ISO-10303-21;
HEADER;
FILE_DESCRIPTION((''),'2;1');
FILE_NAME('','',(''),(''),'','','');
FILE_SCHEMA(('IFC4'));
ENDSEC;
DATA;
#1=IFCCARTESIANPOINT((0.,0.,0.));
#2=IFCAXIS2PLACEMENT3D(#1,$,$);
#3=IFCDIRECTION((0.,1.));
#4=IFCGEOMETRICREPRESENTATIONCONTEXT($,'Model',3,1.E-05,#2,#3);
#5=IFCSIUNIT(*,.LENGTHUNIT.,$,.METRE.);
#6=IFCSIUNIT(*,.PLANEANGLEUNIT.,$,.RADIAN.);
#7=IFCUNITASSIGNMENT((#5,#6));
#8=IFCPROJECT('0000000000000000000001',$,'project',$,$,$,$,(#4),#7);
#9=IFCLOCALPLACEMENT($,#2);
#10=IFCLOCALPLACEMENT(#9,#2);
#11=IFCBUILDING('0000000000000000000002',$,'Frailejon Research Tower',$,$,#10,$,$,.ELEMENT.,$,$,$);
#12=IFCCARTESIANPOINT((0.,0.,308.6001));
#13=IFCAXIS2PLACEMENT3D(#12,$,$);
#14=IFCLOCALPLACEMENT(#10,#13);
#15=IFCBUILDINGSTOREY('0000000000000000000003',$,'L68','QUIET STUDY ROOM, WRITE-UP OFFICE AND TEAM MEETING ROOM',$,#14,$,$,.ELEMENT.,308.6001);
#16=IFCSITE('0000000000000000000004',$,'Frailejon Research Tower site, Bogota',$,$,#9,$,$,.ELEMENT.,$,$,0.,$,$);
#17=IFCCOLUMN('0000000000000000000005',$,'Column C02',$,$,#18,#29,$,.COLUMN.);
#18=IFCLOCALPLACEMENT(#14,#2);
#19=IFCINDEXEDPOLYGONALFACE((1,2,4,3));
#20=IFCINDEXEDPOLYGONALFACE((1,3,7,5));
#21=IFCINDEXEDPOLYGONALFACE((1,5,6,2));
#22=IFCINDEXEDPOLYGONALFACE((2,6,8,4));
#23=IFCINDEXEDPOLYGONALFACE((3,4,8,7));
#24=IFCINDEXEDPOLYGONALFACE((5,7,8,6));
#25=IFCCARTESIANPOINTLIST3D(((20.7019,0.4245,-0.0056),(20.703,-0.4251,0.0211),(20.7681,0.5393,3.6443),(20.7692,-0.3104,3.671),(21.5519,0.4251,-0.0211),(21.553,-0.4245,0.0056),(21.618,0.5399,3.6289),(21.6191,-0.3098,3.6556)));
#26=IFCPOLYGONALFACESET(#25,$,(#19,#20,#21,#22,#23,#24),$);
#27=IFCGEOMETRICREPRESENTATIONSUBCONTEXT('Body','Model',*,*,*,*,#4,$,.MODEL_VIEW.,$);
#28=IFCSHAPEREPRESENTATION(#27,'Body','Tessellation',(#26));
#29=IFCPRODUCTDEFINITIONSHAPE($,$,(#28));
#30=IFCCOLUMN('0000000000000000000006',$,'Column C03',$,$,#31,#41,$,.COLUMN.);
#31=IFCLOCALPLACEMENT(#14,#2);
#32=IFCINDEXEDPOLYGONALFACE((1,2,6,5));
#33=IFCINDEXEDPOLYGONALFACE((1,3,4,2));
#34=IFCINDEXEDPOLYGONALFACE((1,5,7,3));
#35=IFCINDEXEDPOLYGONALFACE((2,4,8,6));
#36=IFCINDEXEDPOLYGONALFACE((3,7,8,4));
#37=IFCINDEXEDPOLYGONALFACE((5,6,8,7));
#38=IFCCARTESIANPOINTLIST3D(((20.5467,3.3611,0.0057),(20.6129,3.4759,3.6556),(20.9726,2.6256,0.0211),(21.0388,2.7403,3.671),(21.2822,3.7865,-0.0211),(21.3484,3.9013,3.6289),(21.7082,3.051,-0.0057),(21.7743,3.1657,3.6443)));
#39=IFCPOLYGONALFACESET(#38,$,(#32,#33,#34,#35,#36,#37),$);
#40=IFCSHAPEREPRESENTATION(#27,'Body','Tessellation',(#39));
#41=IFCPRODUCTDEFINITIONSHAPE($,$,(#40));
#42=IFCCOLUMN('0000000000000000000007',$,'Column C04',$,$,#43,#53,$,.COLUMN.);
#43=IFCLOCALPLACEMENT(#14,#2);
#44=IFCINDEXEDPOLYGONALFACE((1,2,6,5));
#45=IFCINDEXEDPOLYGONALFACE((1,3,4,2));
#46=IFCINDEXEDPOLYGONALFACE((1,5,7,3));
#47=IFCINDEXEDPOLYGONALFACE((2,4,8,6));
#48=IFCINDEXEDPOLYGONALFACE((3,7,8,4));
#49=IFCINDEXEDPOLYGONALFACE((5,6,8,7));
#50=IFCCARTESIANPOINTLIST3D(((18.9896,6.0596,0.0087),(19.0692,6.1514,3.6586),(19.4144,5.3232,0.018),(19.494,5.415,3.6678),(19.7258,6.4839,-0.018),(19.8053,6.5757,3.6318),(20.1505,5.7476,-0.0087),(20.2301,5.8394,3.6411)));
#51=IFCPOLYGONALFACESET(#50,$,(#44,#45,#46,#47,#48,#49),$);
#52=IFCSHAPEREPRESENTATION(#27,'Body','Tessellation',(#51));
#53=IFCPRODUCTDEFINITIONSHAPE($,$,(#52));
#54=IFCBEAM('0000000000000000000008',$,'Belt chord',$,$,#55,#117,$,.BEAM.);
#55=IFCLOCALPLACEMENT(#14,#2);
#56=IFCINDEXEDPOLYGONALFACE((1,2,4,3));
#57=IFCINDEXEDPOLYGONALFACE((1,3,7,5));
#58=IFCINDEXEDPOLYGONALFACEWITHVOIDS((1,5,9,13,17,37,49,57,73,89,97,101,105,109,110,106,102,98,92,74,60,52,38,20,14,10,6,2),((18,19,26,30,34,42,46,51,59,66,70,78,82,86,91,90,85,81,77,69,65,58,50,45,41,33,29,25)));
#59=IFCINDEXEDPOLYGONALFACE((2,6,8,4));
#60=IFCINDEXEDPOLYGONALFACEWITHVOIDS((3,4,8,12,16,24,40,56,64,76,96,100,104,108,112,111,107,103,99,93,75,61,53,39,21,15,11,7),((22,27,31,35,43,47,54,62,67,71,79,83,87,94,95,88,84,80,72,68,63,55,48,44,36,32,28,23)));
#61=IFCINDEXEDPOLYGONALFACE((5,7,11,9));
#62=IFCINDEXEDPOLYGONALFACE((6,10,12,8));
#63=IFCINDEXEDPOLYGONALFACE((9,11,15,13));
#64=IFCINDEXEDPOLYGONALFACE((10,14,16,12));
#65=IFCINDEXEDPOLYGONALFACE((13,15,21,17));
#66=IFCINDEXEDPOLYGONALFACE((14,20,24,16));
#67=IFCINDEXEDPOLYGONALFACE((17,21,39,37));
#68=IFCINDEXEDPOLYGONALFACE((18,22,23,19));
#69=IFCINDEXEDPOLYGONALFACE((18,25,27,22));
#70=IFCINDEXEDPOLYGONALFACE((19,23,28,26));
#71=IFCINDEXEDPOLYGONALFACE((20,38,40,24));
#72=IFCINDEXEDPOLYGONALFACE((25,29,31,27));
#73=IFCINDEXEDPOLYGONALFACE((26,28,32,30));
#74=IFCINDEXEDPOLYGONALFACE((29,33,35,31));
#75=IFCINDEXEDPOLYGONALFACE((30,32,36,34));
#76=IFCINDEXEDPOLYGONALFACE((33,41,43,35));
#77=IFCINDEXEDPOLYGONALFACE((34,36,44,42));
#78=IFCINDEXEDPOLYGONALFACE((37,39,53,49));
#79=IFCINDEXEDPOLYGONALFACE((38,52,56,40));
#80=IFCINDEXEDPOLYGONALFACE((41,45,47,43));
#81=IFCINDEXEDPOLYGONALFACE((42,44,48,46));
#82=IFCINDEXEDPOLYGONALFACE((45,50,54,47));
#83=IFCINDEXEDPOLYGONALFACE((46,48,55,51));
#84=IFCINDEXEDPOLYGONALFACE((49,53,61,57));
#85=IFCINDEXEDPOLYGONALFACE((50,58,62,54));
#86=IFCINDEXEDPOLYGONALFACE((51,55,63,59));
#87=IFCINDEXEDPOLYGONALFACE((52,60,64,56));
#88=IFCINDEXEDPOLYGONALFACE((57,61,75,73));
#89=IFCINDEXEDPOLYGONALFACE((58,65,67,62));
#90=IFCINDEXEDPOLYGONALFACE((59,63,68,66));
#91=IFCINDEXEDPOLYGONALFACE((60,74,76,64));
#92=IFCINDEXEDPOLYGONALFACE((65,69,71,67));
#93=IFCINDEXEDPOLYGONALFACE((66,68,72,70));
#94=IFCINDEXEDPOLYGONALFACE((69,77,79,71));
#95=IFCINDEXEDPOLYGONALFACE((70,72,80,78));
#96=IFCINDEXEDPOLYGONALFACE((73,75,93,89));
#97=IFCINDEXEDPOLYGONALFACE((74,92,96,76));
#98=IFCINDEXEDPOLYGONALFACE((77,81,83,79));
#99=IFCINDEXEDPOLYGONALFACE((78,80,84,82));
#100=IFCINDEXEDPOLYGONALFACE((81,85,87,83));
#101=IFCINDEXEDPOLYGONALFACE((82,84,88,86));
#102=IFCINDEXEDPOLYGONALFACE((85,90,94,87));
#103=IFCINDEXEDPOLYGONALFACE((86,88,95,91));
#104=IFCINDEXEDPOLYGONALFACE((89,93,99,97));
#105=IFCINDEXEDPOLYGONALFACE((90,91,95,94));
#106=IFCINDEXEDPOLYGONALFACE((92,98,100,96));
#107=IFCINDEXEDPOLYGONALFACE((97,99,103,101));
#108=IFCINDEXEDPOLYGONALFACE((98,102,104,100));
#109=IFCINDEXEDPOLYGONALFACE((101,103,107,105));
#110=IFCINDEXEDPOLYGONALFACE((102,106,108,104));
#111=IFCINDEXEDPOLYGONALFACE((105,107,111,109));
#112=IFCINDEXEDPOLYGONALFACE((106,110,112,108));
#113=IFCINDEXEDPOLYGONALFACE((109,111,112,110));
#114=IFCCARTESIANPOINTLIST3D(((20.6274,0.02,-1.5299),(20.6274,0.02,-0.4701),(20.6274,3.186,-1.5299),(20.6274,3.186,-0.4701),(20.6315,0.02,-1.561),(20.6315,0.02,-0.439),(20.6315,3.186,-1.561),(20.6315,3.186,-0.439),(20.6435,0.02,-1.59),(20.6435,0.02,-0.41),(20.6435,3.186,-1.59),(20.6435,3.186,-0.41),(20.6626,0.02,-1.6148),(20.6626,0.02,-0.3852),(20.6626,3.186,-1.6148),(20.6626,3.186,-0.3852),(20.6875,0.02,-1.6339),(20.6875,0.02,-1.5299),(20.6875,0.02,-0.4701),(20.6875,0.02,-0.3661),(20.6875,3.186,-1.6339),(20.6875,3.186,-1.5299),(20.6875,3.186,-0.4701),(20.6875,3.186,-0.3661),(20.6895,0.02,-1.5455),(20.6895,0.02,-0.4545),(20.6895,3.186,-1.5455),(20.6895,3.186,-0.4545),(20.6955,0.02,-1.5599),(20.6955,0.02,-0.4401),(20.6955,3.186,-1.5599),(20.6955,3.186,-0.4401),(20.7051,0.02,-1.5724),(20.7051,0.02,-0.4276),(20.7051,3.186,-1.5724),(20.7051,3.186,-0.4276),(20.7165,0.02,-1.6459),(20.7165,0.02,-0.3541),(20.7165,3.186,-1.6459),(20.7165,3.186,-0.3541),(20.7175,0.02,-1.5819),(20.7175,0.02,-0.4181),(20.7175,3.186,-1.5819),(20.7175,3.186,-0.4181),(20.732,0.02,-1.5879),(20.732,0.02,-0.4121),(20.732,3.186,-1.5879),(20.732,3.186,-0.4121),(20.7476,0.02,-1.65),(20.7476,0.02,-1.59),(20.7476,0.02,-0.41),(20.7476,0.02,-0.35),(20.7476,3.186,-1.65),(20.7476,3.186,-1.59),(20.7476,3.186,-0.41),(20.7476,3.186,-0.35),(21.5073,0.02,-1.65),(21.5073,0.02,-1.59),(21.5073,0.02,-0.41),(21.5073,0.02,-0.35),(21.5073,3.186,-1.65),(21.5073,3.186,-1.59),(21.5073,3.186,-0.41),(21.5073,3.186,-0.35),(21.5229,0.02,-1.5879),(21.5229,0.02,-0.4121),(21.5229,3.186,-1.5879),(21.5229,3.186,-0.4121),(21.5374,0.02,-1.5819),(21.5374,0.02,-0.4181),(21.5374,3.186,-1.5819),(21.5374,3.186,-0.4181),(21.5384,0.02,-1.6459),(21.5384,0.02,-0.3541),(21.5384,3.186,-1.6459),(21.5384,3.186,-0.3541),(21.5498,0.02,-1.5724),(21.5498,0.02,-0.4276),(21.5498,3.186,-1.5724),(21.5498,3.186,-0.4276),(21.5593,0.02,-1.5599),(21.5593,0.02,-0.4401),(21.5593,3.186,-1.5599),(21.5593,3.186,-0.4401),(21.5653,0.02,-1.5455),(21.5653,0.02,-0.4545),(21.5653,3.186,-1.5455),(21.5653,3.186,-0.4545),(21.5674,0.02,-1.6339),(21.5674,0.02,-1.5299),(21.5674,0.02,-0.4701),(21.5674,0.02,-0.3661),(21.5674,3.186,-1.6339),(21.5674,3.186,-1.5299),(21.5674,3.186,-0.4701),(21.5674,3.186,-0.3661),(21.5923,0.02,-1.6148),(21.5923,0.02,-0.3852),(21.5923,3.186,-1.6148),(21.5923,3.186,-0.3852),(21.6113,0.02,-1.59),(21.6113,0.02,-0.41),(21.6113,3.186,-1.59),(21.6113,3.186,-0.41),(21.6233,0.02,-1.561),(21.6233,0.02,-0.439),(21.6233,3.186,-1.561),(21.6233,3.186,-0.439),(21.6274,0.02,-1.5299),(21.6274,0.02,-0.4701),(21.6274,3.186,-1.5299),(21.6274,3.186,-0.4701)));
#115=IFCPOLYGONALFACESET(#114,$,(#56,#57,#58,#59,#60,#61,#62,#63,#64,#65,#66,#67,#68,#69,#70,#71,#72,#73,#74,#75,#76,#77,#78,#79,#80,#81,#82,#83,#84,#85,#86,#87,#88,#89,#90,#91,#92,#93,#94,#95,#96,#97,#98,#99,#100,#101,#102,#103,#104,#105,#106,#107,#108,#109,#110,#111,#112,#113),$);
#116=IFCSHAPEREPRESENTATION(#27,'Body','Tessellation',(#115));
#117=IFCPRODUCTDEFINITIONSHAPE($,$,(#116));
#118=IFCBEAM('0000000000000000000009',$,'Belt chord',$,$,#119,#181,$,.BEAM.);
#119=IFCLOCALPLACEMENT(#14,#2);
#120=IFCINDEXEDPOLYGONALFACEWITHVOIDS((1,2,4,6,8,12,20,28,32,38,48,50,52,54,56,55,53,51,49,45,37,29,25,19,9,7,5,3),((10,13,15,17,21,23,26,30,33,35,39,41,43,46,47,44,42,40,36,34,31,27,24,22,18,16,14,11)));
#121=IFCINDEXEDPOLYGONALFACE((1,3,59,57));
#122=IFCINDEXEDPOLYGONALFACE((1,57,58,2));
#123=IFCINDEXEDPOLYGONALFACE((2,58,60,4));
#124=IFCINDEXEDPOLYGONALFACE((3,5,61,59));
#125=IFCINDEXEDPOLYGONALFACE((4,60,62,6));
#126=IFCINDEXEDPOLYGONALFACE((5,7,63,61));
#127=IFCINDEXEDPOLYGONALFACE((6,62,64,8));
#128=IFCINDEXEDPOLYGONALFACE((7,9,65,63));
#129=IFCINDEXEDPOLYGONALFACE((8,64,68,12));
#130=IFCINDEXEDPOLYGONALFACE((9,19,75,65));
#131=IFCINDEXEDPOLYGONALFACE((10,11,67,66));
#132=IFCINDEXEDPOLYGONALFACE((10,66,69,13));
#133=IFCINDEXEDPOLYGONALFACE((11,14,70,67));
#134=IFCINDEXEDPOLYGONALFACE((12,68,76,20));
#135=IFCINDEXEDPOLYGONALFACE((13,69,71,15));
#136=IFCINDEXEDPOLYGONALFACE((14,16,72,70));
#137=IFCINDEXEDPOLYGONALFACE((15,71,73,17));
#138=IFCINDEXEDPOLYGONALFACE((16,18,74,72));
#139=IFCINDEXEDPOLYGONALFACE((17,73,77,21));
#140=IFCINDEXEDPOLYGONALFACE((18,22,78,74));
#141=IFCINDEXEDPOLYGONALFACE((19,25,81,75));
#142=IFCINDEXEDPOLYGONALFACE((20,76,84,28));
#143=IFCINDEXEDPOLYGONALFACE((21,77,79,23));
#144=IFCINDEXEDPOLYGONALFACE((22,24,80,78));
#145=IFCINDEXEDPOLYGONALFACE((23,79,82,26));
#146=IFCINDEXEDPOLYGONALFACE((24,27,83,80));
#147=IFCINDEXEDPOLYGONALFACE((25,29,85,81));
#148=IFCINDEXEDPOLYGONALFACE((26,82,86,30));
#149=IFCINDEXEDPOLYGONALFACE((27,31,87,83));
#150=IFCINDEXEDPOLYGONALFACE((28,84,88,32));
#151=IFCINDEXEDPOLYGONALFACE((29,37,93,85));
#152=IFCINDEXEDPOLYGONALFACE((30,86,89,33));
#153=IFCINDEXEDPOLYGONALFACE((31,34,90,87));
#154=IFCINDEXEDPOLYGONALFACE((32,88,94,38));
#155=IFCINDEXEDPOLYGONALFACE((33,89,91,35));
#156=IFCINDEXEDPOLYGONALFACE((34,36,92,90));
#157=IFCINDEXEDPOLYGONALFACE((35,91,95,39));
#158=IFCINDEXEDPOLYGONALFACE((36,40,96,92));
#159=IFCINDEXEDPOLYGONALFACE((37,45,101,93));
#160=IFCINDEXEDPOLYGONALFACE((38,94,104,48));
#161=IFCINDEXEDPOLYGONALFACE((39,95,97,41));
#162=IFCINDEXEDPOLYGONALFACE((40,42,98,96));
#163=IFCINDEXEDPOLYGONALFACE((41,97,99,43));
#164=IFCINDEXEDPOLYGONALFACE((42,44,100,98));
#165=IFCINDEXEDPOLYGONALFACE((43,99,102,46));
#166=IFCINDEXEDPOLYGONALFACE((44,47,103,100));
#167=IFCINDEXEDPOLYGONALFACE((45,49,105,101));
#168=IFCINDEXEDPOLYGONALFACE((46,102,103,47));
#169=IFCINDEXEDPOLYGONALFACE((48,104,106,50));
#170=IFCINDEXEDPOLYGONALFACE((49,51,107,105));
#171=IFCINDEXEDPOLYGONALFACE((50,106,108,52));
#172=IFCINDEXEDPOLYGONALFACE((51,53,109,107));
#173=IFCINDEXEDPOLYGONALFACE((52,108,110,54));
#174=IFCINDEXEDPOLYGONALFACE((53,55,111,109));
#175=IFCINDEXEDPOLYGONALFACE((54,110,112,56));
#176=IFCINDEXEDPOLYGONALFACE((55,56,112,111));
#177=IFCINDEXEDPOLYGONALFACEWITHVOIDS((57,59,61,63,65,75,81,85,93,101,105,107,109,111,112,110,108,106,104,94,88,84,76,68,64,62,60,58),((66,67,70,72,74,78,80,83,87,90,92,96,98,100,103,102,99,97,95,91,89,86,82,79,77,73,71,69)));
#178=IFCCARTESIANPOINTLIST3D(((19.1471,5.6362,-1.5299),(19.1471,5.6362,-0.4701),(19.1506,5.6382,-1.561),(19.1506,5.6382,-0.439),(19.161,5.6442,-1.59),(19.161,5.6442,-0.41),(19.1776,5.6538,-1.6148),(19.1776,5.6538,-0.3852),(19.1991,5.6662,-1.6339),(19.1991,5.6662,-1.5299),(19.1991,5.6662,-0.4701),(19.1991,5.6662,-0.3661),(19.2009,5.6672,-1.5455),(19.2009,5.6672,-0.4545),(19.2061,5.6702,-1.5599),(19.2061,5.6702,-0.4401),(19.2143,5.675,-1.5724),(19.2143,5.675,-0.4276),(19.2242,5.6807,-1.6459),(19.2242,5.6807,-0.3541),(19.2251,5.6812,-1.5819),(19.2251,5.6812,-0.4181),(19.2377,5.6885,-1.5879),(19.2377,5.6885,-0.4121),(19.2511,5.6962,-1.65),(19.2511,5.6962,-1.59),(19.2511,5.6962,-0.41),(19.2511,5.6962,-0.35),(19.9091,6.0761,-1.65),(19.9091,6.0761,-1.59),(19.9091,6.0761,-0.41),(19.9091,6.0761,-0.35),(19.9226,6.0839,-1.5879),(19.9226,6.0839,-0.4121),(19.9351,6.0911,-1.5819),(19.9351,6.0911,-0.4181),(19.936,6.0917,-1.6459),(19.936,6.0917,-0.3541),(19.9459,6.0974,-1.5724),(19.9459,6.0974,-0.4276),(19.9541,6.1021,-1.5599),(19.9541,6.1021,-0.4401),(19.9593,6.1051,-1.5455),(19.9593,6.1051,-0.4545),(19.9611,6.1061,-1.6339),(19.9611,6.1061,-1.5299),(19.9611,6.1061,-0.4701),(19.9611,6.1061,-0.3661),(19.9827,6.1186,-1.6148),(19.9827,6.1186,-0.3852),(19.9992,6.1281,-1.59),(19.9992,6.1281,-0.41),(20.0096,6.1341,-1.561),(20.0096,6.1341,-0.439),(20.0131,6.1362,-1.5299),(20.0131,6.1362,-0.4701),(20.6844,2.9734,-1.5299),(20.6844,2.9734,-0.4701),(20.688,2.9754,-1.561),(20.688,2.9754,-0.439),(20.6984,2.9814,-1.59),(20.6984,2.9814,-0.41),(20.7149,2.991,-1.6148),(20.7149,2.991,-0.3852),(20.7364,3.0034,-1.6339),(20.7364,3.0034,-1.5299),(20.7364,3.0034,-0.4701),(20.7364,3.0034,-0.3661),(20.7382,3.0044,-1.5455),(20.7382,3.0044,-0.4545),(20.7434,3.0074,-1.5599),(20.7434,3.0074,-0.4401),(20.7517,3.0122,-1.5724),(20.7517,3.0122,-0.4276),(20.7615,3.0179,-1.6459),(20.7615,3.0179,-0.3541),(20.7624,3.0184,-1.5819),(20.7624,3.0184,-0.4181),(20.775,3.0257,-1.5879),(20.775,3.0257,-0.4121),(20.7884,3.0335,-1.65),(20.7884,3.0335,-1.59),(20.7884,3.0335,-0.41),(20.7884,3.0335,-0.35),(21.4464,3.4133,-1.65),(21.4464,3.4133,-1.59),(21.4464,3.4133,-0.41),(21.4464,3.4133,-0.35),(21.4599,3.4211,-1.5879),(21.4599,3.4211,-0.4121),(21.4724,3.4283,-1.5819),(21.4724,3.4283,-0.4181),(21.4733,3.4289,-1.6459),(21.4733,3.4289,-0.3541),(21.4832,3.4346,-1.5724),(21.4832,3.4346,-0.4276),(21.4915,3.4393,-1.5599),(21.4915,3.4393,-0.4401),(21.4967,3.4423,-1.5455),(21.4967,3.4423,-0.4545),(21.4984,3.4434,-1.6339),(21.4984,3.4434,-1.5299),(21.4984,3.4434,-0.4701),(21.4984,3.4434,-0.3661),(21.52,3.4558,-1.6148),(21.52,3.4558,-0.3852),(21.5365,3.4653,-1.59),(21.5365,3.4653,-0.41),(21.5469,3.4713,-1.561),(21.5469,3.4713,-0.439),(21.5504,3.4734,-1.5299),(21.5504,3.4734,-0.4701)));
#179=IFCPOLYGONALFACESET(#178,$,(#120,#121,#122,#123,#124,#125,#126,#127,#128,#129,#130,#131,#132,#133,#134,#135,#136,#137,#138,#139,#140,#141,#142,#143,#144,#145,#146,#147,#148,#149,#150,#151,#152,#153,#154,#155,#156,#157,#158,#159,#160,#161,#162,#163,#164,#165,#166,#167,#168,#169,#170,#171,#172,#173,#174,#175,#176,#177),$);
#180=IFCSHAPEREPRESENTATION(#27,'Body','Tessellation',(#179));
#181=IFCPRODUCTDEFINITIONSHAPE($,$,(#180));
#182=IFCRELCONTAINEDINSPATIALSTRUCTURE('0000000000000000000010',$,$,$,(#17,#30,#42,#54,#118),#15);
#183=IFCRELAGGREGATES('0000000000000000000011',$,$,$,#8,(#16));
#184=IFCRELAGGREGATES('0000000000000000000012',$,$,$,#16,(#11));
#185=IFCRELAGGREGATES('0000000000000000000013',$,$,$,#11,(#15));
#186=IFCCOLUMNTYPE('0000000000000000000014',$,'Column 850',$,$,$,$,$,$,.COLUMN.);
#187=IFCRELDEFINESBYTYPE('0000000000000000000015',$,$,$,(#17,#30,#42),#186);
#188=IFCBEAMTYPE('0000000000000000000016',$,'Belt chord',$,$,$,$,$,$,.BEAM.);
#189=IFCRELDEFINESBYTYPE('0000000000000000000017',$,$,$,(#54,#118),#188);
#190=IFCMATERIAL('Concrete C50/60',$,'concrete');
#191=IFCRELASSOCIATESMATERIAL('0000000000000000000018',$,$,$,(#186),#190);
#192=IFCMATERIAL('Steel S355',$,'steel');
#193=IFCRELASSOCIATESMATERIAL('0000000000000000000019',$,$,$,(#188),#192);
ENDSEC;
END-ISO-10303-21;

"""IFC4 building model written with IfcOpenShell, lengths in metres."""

from ifc_helpers import new_model, si_unit, direction, frame, origin, origin_2d, place, context, subcontext, project, spatial, rectangle, hollow_rectangle, extrude, material, material_profile, profile_set, type_object, element, save


model = new_model("IFC4")

# Units and contexts
model_context = context("Model", 3, precision=1e-05, world=origin(), true_north=direction((0.0, 1.0)))
body_context = subcontext(model_context, "Body", "Model", "MODEL_VIEW")
ifc_project = project(units=[si_unit("LENGTHUNIT", "METRE"), si_unit("PLANEANGLEUNIT", "RADIAN")], contexts=[model_context])

# Site, building, storey
site_placement = place(None, origin())
site = spatial("IfcSite", under=ifc_project, at=site_placement, Name="Frailejon Research Tower site, Bogota", CompositionType="ELEMENT", RefElevation=0.0)
building_placement = place(site_placement, origin())
building = spatial("IfcBuilding", under=site, at=building_placement, Name="Frailejon Research Tower", CompositionType="ELEMENT")
storey_placement = place(building_placement, frame((0.0, 0.0, 308.6001)))
storey = spatial("IfcBuildingStorey", under=building, at=storey_placement, Name="L68", Description="QUIET STUDY ROOM, WRITE-UP OFFICE AND TEAM MEETING ROOM", CompositionType="ELEMENT", Elevation=308.6001)

# Columns
ifc_material_1 = material(Name="Concrete C50/60", Category="concrete")
ifc_material_profile_1 = material_profile(ifc_material_1, rectangle(XDim=0.8501, YDim=0.8501, at=origin_2d()), Name="Column 850")
ifc_profile_set_1 = profile_set([ifc_material_profile_1], Name="Concrete C50/60")
column_type = type_object("IfcColumnType", Name="Column 850", PredefinedType="COLUMN", material=ifc_profile_set_1)
for number, where, z_axis, x_axis, name in (
    (1, (21.1274, 0.0, 0.0), (0.018115, 0.031417, 0.999342), (-0.001297, 0.999506, -0.031399), "Column C02"),
    (2, (21.1274, 3.2061, 0.0), (0.018115, 0.031417, 0.999342), (-0.501041, 0.865234, -0.018119), "Column C03"),
):
    element("IfcColumn", number, at=place(storey_placement, frame(where, z_axis=z_axis, x_axis=x_axis)), inside=storey, type_object=column_type, Name=name, PredefinedType="COLUMN", context=body_context, shape_type="SweptSolid", body=[
        extrude(rectangle(XDim=0.8501, YDim=0.8501, at=origin_2d()), origin(), (0.0, 0.0, 1.0), 3.6523),
    ])
column_placement = place(storey_placement, frame((19.5701, 5.9036, 0.0), z_axis=(0.021794, 0.025137, 0.999446), x_axis=(-0.499665, 0.86615, -0.010888)))
element("IfcColumn", 3, at=column_placement, inside=storey, type_object=column_type, Name="Column C04", PredefinedType="COLUMN", context=body_context, shape_type="SweptSolid", body=[
    extrude(rectangle(XDim=0.8501, YDim=0.8501, at=origin_2d()), origin(), (0.0, 0.0, 1.0), 3.6519),
])

# Beams
ifc_material_2 = material(Name="Steel S355", Category="steel")
ifc_material_profile_2 = material_profile(ifc_material_2, hollow_rectangle(XDim=1.0, YDim=1.3, WallThickness=0.0601, InnerFilletRadius=0.0601, OuterFilletRadius=0.1201, at=origin_2d()), Name="Belt chord")
ifc_profile_set_2 = profile_set([ifc_material_profile_2], Name="Steel S355")
beam_type_1 = type_object("IfcBeamType", Name="Belt chord", PredefinedType="BEAM", material=ifc_profile_set_2)
beam_1_placement = place(storey_placement, frame((21.1274, 0.02, -1.0), z_axis=(0.0, 1.0, 0.0), x_axis=(-1.0, 0.0, 0.0)))
element("IfcBeam", 4, at=beam_1_placement, inside=storey, type_object=beam_type_1, Name="Belt chord", PredefinedType="BEAM", context=body_context, shape_type="SweptSolid", body=[
    extrude(hollow_rectangle(XDim=1.0, YDim=1.3, WallThickness=0.0601, InnerFilletRadius=0.0601, OuterFilletRadius=0.1201, at=origin_2d()), origin(), (0.0, 0.0, 1.0), 3.166),
])
beam_2_placement = place(storey_placement, frame((21.1174, 3.2234, -1.0), z_axis=(-0.499991, 0.866031, 0.0), x_axis=(-0.866031, -0.499991, 0.0)))
element("IfcBeam", 5, at=beam_2_placement, inside=storey, type_object=beam_type_1, Name="Belt chord", PredefinedType="BEAM", context=body_context, shape_type="SweptSolid", body=[
    extrude(hollow_rectangle(XDim=1.0, YDim=1.3, WallThickness=0.0601, InnerFilletRadius=0.0601, OuterFilletRadius=0.1201, at=origin_2d()), origin(), (0.0, 0.0, 1.0), 3.0747),
])

save(model, "model.ifc")
